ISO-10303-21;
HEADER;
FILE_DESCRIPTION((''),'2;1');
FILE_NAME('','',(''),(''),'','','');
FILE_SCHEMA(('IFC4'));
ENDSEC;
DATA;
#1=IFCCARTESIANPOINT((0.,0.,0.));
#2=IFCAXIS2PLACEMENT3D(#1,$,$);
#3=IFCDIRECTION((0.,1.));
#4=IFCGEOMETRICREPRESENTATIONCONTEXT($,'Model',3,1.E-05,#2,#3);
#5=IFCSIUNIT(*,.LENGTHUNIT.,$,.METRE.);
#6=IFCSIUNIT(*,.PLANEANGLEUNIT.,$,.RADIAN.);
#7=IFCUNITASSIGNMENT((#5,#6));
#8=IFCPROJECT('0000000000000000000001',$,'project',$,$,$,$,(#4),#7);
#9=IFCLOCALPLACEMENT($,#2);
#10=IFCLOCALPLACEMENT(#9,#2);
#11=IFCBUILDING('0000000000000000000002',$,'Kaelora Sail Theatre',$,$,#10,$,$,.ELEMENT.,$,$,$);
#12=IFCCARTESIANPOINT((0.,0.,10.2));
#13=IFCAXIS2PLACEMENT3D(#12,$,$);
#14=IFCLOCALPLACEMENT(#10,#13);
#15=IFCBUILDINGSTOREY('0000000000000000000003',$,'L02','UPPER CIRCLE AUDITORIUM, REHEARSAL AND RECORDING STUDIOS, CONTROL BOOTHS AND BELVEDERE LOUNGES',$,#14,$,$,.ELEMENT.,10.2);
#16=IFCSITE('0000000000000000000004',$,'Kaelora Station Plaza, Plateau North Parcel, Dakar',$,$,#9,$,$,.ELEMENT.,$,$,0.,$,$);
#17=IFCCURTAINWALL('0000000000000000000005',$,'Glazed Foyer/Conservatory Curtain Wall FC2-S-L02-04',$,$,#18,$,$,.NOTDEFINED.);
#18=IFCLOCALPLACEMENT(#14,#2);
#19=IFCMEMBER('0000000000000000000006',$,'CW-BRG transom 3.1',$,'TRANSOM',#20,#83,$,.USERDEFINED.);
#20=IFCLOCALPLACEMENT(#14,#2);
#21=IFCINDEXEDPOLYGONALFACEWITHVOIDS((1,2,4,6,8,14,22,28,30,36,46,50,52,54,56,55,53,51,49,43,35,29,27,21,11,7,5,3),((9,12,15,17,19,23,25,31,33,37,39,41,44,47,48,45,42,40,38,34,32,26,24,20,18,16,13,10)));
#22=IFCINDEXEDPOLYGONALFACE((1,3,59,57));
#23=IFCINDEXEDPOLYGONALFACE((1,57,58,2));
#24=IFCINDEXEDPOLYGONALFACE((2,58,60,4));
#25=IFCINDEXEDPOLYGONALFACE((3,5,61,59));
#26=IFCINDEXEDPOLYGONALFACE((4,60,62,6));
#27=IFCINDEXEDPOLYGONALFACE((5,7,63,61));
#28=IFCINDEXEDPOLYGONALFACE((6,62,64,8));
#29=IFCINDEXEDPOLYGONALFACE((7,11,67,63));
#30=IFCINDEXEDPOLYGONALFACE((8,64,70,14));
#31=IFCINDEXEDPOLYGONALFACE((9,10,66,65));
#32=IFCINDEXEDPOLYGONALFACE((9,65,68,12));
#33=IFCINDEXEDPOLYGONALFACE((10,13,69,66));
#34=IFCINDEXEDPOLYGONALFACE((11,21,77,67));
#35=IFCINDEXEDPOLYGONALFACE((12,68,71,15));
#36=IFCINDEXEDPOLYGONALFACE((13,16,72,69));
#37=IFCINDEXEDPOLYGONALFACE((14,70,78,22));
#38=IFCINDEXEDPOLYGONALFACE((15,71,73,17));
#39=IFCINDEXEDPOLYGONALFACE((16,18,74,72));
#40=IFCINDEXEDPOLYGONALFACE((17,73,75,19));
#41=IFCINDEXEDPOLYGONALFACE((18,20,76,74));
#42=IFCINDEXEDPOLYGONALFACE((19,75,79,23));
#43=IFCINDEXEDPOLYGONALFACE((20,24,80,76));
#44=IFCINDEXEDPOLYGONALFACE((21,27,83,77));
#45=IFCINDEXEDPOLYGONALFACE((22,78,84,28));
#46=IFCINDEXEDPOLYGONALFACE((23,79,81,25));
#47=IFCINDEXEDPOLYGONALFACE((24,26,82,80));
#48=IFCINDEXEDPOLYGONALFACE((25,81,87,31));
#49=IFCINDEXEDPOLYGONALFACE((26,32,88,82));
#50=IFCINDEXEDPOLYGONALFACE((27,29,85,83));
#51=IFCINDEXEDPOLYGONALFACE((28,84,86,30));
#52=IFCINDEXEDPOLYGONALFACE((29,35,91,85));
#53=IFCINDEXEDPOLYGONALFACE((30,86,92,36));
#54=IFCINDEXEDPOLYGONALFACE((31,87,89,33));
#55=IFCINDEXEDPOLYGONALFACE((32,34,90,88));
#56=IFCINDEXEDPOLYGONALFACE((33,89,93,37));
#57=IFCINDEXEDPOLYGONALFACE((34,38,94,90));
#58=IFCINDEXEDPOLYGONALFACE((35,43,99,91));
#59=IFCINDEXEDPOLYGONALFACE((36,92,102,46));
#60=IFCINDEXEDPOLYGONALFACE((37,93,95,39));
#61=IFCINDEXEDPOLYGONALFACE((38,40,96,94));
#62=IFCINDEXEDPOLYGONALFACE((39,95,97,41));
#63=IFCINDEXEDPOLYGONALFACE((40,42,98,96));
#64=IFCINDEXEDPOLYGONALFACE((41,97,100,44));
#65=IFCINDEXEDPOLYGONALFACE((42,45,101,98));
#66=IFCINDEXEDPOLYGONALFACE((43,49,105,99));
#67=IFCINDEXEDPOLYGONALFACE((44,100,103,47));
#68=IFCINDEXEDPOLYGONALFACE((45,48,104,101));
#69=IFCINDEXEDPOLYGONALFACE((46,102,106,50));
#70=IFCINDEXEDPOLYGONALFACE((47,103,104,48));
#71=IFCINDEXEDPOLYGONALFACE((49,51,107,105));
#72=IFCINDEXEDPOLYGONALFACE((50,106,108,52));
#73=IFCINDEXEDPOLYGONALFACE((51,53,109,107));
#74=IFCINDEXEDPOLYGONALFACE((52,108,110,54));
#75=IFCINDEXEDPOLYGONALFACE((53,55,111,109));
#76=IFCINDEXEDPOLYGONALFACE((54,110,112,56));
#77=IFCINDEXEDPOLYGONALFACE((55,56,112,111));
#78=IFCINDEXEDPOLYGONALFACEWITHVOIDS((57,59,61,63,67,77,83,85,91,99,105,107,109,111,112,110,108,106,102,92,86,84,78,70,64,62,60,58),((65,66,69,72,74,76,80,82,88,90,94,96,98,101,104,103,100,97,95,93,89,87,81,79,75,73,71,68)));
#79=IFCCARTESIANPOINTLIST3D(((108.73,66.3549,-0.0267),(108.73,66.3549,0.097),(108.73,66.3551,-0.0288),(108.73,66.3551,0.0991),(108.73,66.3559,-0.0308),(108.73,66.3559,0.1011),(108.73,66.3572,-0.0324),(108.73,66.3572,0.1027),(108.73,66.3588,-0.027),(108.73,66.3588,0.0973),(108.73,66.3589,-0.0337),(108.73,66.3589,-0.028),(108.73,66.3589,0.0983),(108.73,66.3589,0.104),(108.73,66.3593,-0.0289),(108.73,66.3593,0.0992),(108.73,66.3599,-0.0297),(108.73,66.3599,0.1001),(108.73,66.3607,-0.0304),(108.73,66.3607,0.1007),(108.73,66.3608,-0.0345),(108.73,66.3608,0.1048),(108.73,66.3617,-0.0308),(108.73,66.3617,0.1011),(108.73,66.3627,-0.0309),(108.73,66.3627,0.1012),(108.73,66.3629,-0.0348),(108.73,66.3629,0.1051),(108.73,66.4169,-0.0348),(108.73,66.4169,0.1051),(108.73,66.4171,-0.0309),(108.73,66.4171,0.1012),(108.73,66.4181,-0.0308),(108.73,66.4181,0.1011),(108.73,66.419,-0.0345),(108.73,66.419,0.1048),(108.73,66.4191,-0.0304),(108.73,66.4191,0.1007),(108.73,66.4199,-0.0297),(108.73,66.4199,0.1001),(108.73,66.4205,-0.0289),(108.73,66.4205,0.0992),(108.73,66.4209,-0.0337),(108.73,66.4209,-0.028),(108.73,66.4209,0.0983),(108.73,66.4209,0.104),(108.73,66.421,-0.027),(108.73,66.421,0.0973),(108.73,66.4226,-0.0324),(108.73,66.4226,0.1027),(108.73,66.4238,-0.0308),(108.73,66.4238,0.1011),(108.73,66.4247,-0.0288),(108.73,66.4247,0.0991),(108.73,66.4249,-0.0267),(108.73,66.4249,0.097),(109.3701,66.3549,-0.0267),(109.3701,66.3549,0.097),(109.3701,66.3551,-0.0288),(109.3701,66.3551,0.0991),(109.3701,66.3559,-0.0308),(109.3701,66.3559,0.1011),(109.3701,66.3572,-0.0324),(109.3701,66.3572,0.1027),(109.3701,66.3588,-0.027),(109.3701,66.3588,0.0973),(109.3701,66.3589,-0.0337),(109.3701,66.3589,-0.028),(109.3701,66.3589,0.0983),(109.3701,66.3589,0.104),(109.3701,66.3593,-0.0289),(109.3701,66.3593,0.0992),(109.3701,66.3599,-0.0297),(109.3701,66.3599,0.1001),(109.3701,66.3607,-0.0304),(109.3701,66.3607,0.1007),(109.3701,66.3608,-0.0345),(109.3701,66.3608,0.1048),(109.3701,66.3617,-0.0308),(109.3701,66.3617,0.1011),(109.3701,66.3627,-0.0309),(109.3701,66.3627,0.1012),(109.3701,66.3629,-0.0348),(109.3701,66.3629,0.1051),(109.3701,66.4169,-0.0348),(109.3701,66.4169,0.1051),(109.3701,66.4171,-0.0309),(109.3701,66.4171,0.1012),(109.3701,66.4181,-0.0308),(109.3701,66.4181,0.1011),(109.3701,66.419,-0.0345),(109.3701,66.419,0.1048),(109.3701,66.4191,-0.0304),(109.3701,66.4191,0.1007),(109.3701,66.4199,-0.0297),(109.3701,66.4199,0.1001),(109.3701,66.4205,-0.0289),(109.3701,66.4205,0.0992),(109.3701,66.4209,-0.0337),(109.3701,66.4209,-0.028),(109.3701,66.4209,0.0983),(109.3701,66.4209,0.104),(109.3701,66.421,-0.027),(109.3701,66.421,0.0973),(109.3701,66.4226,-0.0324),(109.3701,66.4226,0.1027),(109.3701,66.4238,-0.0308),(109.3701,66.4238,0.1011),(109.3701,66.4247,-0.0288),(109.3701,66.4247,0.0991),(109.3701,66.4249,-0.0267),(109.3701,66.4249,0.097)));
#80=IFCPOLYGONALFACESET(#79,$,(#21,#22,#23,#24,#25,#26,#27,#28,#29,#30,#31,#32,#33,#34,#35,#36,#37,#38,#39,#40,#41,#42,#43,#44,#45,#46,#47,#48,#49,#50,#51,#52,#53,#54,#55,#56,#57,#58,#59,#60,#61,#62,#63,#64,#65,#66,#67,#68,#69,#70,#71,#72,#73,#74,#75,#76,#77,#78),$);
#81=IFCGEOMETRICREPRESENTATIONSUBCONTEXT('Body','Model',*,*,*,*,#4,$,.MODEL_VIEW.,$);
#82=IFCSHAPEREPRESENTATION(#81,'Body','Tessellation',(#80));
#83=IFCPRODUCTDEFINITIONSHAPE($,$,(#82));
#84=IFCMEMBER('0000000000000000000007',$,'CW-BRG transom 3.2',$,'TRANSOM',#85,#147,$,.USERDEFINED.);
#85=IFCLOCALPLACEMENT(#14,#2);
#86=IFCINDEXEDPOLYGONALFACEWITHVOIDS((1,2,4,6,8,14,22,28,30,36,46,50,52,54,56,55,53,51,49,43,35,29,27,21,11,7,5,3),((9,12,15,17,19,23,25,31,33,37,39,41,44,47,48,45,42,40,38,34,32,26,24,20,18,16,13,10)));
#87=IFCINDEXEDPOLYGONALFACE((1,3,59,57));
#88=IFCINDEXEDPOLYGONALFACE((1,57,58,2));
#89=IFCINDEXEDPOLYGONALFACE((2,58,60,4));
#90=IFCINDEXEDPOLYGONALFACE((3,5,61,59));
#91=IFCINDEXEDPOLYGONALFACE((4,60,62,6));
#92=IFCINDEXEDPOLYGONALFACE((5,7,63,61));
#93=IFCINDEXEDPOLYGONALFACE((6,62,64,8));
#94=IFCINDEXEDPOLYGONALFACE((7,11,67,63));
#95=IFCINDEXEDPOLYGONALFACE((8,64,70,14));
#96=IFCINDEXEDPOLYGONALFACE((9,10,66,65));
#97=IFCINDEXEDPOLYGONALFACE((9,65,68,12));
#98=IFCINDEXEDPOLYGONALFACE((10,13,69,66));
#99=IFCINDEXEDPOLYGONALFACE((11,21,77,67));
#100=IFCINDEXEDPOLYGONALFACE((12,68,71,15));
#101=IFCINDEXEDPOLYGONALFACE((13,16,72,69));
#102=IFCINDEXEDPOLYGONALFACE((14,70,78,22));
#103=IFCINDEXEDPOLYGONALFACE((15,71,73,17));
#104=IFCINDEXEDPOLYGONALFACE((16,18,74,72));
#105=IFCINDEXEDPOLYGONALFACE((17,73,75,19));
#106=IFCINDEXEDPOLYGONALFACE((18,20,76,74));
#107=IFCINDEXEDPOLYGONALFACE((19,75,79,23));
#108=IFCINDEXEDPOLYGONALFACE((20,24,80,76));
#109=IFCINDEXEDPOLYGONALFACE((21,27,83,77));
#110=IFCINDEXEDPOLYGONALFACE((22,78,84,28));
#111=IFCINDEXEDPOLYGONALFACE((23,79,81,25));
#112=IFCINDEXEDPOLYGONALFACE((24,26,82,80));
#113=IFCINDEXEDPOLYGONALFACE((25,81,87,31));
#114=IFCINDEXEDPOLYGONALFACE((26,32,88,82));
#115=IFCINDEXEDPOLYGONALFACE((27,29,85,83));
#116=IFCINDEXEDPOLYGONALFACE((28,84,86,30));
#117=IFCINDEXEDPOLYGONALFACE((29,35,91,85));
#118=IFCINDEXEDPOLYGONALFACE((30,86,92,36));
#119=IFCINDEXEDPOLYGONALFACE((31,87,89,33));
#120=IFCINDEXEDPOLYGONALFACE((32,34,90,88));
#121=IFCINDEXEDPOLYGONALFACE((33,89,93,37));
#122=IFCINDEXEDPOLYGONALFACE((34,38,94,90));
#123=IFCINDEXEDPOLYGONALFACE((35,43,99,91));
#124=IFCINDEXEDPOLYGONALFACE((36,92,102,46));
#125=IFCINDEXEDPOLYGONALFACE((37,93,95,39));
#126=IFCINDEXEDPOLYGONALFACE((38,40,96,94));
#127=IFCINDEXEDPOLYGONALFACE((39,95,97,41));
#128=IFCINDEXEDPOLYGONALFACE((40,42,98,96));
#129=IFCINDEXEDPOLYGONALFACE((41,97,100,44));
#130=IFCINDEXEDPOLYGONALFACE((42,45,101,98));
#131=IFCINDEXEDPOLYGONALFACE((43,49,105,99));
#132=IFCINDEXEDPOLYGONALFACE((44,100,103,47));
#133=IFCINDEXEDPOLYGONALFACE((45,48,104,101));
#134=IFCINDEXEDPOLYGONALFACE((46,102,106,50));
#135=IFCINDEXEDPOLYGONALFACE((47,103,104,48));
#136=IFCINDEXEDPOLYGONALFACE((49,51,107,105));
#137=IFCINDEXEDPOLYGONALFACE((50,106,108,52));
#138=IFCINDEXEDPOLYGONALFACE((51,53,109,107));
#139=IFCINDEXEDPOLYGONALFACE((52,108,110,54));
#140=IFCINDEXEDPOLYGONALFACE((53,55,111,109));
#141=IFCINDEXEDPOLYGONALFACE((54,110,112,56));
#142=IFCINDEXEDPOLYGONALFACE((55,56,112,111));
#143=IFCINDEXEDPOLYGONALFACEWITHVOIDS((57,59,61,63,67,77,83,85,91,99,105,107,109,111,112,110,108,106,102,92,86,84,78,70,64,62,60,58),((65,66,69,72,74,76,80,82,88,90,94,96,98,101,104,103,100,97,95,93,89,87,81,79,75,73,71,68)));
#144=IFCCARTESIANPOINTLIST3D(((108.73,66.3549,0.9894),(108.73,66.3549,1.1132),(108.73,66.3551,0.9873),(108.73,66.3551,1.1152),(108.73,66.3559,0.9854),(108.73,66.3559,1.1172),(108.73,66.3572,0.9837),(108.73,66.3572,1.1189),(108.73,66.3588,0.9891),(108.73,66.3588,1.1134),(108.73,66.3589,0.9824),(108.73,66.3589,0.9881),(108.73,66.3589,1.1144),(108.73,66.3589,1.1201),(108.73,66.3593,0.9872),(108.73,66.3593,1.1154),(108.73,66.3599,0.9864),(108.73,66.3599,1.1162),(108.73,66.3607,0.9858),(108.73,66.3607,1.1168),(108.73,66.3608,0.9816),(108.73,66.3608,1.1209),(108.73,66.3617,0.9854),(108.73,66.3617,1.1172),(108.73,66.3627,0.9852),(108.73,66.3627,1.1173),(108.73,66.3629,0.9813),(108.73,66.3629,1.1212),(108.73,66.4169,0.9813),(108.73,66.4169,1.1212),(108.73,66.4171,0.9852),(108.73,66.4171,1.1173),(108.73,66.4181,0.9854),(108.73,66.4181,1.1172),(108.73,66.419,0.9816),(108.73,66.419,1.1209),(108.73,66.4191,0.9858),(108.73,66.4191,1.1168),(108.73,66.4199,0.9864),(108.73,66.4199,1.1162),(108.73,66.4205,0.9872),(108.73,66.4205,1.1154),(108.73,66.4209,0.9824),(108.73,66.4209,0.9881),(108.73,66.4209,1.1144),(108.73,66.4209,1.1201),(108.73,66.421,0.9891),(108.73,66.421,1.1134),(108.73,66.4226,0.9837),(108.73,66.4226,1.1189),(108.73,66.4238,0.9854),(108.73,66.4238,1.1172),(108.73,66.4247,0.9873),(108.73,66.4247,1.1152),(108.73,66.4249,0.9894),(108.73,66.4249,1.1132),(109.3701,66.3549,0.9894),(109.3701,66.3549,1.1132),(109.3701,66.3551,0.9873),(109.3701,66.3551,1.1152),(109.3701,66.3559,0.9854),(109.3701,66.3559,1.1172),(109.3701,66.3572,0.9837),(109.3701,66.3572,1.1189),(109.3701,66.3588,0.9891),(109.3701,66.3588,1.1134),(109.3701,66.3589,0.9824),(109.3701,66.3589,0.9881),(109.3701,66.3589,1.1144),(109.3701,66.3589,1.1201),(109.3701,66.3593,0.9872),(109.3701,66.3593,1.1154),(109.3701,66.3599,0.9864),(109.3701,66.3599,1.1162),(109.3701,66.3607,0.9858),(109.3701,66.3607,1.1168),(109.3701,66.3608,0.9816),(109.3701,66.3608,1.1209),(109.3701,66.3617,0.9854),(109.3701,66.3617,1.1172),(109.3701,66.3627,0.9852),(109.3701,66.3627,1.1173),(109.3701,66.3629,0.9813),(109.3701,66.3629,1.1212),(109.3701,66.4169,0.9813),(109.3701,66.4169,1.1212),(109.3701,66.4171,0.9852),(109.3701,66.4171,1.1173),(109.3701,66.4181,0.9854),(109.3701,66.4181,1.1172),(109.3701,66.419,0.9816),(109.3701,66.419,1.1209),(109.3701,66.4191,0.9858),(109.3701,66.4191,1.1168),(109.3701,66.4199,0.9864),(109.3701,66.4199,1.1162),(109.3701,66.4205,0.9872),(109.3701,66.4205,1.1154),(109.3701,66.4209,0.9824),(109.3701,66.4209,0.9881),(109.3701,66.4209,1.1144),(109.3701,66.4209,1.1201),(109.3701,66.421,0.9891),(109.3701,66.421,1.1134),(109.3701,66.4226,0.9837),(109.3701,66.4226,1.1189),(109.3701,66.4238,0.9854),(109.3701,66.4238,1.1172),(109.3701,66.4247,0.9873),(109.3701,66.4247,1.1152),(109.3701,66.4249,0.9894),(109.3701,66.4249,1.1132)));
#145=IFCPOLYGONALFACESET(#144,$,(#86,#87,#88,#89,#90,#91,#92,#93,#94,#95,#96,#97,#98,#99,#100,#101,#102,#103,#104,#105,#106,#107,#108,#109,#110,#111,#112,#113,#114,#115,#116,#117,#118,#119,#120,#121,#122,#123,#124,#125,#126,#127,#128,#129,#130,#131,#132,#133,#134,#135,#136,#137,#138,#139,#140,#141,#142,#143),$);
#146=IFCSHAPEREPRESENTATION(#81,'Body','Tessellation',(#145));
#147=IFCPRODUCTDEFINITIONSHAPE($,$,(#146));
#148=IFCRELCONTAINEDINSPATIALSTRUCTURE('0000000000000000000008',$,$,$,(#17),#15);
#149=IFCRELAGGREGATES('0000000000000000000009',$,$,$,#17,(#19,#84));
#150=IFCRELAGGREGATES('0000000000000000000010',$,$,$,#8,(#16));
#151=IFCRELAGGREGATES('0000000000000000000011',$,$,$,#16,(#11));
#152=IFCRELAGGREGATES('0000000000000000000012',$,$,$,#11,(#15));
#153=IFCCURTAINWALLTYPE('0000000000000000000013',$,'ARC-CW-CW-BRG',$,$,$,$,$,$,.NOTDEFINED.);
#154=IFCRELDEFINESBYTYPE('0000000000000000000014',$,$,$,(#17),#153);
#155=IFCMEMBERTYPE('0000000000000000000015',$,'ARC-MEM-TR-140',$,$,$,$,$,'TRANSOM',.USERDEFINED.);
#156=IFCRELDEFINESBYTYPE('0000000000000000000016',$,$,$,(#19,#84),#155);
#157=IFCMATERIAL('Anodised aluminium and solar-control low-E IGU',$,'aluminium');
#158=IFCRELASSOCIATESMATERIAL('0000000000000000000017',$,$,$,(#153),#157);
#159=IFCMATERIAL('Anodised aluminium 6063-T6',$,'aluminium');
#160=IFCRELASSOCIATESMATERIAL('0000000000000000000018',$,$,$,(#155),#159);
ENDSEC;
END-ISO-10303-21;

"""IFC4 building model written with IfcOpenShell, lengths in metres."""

from ifc_helpers import new_model, si_unit, direction, frame, origin, origin_2d, place, context, subcontext, project, spatial, hollow_rectangle, extrude, material, material_profile, profile_set, type_object, element, aggregate, save


model = new_model("IFC4")

# Units and contexts
model_context = context("Model", 3, precision=1e-05, world=origin(), true_north=direction((0.0, 1.0)))
body_context = subcontext(model_context, "Body", "Model", "MODEL_VIEW")
ifc_project = project(units=[si_unit("LENGTHUNIT", "METRE"), si_unit("PLANEANGLEUNIT", "RADIAN")], contexts=[model_context])

# Site, building, storey
site_placement = place(None, origin())
site = spatial("IfcSite", under=ifc_project, at=site_placement, Name="Kaelora Station Plaza, Plateau North Parcel, Dakar", CompositionType="ELEMENT", RefElevation=0.0)
building_placement = place(site_placement, origin())
building = spatial("IfcBuilding", under=site, at=building_placement, Name="Kaelora Sail Theatre", CompositionType="ELEMENT")
storey_placement = place(building_placement, frame((0.0, 0.0, 10.2)))
storey = spatial("IfcBuildingStorey", under=building, at=storey_placement, Name="L02", Description="UPPER CIRCLE AUDITORIUM, REHEARSAL AND RECORDING STUDIOS, CONTROL BOOTHS AND BELVEDERE LOUNGES", CompositionType="ELEMENT", Elevation=10.2)

# Shared definitions
ifc_material_1 = material(Name="Anodised aluminium and solar-control low-E IGU", Category="aluminium")
curtain_wall_type = type_object("IfcCurtainWallType", Name="ARC-CW-CW-BRG", PredefinedType="NOTDEFINED", material=ifc_material_1)

# Curtain wall, members
curtain_wall_1_placement = place(storey_placement, origin())
curtain_wall_1 = element("IfcCurtainWall", 1, at=curtain_wall_1_placement, inside=storey, type_object=curtain_wall_type, Name="Glazed Foyer/Conservatory Curtain Wall FC2-S-L02-04", PredefinedType="NOTDEFINED")
ifc_material_2 = material(Name="Anodised aluminium 6063-T6", Category="aluminium")
ifc_material_profile_1 = material_profile(ifc_material_2, hollow_rectangle(XDim=0.0701, YDim=0.1399, WallThickness=0.0039, InnerFilletRadius=0.0039, OuterFilletRadius=0.0081, at=origin_2d()), Name="ALU-TRAN 70x140x4")
ifc_profile_set_1 = profile_set([ifc_material_profile_1], Name="Anodised aluminium 6063-T6")
member_type_1 = type_object("IfcMemberType", Name="ARC-MEM-TR-140", ElementType="TRANSOM", PredefinedType="USERDEFINED", material=ifc_profile_set_1)
member_1_placement = place(storey_placement, frame((108.73, 66.3899, 0.0352), z_axis=(1.0, 0.0, 0.0), x_axis=(0.0, 1.0, 0.0)))
member_1 = element("IfcMember", 2, at=member_1_placement, type_object=member_type_1, Name="CW-BRG transom 3.1", ObjectType="TRANSOM", PredefinedType="USERDEFINED", context=body_context, shape_type="SweptSolid", body=[
    extrude(hollow_rectangle(XDim=0.0701, YDim=0.1399, WallThickness=0.0039, InnerFilletRadius=0.0039, OuterFilletRadius=0.0081, at=origin_2d()), origin(), (0.0, 0.0, 1.0), 0.6401),
])
member_2_placement = place(storey_placement, frame((108.73, 66.3899, 1.0513), z_axis=(1.0, 0.0, 0.0), x_axis=(0.0, 1.0, 0.0)))
member_2 = element("IfcMember", 3, at=member_2_placement, type_object=member_type_1, Name="CW-BRG transom 3.2", ObjectType="TRANSOM", PredefinedType="USERDEFINED", context=body_context, shape_type="SweptSolid", body=[
    extrude(hollow_rectangle(XDim=0.0701, YDim=0.1399, WallThickness=0.0039, InnerFilletRadius=0.0039, OuterFilletRadius=0.0081, at=origin_2d()), origin(), (0.0, 0.0, 1.0), 0.6401),
])

aggregate(curtain_wall_1, [member_1, member_2])

save(model, "model.ifc")
